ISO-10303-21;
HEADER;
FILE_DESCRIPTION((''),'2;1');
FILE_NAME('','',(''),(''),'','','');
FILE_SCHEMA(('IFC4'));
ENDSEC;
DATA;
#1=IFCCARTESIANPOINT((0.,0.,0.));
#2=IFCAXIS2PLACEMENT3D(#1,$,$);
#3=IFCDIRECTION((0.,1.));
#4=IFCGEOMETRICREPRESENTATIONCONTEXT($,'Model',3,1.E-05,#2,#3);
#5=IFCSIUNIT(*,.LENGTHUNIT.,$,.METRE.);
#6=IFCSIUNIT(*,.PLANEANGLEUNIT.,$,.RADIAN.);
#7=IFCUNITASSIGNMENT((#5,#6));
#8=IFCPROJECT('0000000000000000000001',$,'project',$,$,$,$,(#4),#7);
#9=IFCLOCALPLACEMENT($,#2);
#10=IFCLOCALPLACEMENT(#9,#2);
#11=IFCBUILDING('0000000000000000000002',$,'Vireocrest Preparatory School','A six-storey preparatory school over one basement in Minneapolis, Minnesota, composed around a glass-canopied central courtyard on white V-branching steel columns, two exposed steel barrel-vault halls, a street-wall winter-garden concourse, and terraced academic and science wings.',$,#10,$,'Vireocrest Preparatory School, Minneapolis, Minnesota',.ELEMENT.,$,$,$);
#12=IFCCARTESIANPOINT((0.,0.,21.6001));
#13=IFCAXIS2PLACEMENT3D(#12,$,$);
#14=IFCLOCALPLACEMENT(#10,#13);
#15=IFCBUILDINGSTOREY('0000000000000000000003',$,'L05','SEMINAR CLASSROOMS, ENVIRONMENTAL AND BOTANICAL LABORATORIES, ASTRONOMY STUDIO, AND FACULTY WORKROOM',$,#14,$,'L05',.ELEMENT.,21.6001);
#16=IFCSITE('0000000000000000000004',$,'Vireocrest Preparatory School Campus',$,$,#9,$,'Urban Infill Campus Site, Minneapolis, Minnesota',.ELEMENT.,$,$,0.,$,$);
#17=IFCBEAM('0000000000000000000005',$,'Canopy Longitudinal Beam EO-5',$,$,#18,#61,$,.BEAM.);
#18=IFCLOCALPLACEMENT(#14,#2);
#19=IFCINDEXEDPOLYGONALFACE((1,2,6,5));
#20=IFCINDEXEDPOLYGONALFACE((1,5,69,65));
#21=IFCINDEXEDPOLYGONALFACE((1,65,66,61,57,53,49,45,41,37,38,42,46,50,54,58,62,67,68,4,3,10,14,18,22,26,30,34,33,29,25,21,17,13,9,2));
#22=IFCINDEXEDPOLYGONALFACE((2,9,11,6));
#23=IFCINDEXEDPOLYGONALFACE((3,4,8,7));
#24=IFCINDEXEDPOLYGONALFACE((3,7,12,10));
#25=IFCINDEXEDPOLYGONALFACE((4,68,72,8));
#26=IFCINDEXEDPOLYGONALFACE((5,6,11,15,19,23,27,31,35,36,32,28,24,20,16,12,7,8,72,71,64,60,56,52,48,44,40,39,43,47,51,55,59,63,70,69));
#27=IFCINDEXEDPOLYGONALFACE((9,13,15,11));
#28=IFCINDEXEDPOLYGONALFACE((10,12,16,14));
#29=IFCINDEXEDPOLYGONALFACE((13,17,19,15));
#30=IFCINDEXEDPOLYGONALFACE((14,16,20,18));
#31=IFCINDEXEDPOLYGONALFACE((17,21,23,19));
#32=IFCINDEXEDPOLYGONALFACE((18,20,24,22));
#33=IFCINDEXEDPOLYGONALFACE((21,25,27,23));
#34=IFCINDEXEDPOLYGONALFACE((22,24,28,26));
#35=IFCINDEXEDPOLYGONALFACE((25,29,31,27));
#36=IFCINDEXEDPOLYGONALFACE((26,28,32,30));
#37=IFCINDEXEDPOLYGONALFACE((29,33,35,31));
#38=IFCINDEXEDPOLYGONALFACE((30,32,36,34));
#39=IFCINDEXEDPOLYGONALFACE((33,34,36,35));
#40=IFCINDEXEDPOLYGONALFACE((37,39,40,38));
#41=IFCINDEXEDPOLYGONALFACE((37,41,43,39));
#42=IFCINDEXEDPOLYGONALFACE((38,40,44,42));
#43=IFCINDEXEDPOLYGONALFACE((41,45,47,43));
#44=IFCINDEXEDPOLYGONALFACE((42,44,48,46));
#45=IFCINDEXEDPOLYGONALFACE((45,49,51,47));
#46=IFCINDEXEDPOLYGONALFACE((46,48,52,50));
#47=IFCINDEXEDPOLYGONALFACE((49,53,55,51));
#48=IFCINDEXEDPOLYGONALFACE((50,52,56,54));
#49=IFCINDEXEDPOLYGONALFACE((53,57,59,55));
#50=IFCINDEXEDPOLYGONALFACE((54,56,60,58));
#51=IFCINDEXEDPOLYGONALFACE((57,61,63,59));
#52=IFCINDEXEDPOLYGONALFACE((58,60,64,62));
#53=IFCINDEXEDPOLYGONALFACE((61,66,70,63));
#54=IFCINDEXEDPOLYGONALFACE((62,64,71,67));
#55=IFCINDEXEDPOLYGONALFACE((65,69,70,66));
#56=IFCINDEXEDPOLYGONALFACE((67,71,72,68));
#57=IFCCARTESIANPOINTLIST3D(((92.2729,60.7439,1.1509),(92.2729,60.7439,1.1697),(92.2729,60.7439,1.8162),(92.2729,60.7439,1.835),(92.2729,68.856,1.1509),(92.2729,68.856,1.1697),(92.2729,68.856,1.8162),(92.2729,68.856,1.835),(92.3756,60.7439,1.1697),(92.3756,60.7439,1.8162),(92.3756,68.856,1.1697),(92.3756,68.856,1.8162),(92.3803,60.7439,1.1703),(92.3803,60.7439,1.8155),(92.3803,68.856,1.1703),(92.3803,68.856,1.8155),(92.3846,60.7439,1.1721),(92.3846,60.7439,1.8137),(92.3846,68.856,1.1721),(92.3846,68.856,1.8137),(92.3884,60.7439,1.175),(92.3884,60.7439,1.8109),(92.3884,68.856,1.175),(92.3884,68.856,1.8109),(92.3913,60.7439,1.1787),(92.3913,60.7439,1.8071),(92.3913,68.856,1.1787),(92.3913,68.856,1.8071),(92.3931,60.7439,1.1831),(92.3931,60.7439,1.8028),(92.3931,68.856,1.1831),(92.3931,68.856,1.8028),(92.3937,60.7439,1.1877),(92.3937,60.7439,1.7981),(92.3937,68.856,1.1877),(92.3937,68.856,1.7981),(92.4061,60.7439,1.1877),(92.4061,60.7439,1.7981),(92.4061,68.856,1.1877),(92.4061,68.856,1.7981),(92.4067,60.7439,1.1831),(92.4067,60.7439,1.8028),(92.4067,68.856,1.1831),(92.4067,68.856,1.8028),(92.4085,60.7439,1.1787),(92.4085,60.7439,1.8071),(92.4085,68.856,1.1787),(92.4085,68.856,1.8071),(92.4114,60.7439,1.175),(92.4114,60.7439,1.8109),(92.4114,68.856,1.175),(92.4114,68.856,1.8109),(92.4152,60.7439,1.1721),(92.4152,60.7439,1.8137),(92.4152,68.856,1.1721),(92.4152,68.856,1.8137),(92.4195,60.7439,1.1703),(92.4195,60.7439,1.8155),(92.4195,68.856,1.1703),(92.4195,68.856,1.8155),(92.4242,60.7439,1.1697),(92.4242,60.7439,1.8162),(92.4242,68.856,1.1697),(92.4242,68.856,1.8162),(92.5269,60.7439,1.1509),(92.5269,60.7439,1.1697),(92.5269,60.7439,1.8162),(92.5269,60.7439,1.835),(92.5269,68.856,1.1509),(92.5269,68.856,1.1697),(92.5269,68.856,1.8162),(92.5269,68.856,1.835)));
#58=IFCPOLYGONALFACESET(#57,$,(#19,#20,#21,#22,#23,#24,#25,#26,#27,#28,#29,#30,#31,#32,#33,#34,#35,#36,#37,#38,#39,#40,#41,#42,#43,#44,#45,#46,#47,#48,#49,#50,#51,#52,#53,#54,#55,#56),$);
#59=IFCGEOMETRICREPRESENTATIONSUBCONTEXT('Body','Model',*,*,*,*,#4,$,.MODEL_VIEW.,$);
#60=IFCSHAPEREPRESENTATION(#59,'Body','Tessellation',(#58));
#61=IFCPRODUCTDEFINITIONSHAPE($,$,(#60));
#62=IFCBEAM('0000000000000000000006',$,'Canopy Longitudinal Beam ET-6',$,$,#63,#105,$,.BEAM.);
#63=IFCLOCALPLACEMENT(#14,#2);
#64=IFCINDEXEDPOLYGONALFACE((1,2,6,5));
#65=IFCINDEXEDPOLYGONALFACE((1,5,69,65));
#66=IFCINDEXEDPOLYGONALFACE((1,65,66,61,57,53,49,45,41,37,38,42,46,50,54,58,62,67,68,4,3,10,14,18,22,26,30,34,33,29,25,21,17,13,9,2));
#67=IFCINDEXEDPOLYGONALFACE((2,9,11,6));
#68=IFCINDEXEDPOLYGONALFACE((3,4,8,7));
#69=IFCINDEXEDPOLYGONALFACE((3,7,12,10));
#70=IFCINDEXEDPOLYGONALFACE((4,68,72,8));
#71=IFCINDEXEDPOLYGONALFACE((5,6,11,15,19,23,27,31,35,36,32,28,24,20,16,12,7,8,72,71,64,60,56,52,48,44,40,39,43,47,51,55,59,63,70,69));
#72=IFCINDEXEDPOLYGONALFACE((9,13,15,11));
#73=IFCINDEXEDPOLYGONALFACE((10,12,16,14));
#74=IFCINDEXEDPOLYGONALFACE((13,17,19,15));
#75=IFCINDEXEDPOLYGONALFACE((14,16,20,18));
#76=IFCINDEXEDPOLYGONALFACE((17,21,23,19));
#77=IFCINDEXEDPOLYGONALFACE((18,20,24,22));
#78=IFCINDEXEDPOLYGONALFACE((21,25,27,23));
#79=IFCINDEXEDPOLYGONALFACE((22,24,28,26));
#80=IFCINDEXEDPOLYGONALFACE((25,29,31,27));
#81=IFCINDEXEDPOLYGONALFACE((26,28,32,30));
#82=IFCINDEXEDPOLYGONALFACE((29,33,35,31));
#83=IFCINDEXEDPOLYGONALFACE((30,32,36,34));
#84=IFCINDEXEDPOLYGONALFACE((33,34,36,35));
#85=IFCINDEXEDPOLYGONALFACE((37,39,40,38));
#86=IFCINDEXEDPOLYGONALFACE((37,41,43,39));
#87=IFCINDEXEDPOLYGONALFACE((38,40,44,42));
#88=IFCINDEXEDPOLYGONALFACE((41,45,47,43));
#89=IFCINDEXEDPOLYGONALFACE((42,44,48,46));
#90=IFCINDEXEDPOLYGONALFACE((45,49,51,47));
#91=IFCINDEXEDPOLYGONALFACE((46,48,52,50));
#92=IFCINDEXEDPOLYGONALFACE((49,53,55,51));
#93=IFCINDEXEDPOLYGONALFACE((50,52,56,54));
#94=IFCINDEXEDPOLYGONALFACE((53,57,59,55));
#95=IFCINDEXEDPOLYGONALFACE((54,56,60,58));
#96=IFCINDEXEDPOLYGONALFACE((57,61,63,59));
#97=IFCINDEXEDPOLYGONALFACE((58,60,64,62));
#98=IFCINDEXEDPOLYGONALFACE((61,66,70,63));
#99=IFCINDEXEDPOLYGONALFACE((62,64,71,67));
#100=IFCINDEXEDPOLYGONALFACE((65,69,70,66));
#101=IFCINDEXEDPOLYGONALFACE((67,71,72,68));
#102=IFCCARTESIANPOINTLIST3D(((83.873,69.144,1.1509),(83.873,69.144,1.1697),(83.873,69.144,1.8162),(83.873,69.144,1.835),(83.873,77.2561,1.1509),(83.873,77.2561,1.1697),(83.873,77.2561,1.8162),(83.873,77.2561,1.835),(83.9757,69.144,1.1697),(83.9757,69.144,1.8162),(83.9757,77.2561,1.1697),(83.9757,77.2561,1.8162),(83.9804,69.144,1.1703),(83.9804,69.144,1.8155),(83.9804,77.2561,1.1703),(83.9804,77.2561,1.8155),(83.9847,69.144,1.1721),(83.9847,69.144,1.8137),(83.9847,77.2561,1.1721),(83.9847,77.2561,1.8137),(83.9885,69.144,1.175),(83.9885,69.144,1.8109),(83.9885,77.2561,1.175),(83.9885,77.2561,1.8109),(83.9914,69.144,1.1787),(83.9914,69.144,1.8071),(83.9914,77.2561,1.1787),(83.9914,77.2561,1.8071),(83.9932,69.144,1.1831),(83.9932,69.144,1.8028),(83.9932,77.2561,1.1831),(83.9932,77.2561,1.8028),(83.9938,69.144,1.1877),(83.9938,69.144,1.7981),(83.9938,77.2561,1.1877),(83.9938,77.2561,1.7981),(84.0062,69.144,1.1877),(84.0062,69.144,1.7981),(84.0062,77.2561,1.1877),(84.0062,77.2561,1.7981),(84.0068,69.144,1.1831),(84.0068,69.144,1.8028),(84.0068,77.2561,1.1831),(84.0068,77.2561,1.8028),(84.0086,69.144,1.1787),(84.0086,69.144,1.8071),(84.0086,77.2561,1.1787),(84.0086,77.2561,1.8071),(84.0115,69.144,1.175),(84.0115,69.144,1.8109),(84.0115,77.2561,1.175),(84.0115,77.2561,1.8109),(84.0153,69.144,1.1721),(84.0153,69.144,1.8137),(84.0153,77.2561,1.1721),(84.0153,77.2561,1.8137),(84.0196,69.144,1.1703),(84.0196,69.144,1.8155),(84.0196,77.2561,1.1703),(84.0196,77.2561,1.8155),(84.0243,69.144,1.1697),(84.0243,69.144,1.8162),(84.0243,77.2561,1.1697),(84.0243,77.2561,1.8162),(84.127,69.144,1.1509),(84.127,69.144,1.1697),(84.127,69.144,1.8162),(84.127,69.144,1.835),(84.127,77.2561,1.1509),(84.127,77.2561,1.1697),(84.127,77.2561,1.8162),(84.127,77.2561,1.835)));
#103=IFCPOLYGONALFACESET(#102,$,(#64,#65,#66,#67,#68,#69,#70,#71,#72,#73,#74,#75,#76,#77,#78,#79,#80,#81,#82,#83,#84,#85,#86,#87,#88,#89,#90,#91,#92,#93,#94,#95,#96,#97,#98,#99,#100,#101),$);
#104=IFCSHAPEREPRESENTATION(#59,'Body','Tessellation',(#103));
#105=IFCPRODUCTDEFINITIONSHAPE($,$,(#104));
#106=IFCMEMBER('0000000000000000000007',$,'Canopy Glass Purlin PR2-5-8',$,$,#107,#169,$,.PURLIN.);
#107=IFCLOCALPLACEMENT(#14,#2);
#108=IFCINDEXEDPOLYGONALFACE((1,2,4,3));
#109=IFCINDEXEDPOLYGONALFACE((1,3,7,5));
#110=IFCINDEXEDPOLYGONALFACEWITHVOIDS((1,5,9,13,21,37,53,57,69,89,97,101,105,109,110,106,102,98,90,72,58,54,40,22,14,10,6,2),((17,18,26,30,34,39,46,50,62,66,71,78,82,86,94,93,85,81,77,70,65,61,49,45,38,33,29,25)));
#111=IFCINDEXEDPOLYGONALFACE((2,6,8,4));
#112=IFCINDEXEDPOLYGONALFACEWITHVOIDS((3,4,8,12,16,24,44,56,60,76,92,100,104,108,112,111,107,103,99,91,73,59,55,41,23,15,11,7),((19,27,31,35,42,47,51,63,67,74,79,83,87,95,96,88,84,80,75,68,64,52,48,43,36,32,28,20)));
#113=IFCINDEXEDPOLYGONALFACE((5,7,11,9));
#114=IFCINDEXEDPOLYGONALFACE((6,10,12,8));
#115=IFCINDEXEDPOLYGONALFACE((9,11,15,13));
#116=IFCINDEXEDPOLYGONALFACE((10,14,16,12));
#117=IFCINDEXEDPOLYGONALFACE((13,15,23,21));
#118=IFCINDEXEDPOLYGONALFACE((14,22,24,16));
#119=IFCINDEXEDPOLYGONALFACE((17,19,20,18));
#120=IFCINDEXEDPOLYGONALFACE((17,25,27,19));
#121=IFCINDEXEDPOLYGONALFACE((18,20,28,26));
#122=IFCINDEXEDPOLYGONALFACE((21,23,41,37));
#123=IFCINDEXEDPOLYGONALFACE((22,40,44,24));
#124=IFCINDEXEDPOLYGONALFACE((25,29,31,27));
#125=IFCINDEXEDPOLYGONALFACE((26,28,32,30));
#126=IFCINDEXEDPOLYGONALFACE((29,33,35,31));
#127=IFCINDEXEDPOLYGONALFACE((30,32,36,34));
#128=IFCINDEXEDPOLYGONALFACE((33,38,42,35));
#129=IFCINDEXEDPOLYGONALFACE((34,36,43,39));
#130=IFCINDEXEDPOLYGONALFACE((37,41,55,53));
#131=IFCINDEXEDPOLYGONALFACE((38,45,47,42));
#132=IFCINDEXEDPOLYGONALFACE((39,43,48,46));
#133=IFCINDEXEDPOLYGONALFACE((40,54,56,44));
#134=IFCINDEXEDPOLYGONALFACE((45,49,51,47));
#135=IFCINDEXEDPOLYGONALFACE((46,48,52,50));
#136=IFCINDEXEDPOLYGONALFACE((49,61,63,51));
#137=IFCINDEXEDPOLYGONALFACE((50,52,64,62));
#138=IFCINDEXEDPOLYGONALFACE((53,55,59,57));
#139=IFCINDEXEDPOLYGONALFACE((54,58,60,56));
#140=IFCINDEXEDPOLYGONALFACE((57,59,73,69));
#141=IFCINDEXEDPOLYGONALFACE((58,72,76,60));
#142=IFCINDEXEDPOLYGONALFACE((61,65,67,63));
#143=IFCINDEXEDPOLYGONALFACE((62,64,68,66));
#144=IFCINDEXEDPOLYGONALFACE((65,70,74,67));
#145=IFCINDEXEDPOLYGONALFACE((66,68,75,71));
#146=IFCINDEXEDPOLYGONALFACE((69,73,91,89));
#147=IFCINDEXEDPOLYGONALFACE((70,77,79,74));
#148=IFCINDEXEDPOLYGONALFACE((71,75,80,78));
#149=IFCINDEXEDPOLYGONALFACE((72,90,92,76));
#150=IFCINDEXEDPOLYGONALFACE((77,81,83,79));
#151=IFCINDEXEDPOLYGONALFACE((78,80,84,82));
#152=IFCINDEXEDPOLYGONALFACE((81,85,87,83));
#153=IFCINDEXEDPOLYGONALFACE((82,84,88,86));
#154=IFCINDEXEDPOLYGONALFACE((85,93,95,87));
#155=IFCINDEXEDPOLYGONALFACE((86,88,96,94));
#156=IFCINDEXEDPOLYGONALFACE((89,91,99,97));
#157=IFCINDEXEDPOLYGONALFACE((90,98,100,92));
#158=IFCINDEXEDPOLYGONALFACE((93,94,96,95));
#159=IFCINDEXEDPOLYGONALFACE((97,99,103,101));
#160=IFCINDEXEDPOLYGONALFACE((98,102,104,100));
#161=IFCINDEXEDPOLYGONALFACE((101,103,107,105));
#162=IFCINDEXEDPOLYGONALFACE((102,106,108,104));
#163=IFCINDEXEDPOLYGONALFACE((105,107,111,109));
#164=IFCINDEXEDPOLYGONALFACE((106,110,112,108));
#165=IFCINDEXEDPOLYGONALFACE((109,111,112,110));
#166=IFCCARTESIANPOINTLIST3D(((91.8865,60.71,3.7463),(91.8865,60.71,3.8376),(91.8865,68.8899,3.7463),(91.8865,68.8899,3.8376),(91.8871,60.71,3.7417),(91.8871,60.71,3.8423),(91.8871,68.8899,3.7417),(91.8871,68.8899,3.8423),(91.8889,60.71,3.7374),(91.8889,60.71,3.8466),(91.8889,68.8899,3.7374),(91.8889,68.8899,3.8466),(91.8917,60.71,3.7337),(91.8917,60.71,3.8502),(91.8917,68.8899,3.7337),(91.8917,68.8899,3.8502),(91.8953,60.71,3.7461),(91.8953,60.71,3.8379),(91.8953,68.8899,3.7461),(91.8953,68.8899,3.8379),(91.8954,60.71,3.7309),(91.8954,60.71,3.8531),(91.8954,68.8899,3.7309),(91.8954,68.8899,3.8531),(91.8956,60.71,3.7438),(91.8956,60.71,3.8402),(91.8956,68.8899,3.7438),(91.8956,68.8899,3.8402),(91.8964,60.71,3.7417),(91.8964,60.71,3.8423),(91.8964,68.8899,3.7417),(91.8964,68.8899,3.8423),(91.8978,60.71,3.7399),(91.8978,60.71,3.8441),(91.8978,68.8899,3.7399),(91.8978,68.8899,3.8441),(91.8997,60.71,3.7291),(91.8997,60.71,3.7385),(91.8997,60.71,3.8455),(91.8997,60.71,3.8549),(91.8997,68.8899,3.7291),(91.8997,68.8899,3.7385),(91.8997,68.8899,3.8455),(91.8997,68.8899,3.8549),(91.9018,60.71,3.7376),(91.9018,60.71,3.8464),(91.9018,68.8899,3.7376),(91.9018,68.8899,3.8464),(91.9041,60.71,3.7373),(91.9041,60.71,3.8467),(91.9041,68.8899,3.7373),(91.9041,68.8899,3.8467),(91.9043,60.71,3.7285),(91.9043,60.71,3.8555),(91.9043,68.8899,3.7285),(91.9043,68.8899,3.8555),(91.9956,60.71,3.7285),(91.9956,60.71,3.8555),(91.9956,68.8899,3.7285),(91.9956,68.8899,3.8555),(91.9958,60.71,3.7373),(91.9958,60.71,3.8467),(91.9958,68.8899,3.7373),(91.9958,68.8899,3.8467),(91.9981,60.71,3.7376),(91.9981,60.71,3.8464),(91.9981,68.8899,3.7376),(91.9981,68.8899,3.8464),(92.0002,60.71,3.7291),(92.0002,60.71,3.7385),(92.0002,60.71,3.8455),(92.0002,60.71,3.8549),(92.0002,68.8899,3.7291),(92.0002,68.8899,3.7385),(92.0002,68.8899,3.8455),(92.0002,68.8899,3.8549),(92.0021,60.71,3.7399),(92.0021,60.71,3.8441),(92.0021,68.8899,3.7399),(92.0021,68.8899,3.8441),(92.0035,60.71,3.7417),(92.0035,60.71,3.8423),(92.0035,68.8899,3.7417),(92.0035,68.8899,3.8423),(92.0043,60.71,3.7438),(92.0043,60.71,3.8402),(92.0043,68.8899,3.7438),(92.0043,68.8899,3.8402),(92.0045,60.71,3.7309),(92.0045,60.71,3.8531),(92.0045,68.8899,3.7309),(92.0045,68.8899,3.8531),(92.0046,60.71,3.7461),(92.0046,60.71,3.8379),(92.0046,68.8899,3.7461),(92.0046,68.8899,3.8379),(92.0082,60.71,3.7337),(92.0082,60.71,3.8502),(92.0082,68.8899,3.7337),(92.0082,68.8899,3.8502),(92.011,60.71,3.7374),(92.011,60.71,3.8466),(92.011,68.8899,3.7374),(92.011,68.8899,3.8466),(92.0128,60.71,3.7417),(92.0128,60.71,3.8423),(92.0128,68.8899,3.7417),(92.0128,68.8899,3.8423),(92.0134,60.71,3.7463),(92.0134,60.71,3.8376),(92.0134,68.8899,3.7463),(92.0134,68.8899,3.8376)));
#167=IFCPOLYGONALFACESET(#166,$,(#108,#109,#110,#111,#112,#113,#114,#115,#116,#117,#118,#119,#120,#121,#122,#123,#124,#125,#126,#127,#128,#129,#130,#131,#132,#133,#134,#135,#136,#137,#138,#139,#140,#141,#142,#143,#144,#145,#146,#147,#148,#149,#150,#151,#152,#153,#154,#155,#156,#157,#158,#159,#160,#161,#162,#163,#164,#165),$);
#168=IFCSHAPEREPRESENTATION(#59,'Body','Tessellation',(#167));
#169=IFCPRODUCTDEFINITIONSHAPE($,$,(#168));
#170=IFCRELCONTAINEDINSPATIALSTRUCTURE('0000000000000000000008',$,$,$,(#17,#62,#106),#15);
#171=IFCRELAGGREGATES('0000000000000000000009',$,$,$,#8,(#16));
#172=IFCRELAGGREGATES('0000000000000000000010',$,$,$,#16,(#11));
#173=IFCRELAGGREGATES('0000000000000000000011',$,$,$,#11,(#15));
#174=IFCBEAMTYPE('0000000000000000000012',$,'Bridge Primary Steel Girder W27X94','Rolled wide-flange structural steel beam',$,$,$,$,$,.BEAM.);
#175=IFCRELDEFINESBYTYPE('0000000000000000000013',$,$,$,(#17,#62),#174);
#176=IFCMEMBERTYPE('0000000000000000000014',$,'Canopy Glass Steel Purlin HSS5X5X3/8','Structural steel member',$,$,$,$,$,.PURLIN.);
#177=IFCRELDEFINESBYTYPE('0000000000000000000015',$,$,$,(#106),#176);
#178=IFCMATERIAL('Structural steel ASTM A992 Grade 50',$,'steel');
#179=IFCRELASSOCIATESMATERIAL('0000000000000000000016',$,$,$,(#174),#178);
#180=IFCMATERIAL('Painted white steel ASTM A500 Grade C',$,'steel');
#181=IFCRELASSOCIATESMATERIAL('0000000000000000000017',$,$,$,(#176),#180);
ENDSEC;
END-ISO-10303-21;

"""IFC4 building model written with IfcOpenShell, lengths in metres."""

from ifc_helpers import new_model, si_unit, direction, frame, origin, origin_2d, place, context, subcontext, project, spatial, hollow_rectangle, i_section, extrude, material, material_profile, profile_set, type_object, element, save


model = new_model("IFC4")

# Units and contexts
model_context = context("Model", 3, precision=1e-05, world=origin(), true_north=direction((0.0, 1.0)))
body_context = subcontext(model_context, "Body", "Model", "MODEL_VIEW")
ifc_project = project(units=[si_unit("LENGTHUNIT", "METRE"), si_unit("PLANEANGLEUNIT", "RADIAN")], contexts=[model_context])

# Site, building, storey
site_placement = place(None, origin())
site = spatial("IfcSite", under=ifc_project, at=site_placement, Name="Vireocrest Preparatory School Campus", LongName="Urban Infill Campus Site, Minneapolis, Minnesota", CompositionType="ELEMENT", RefElevation=0.0)
building_placement = place(site_placement, origin())
building = spatial("IfcBuilding", under=site, at=building_placement, Name="Vireocrest Preparatory School", Description="A six-storey preparatory school over one basement in Minneapolis, Minnesota, composed around a glass-canopied central courtyard on white V-branching steel columns, two exposed steel barrel-vault halls, a street-wall winter-garden concourse, and terraced academic and science wings.", LongName="Vireocrest Preparatory School, Minneapolis, Minnesota", CompositionType="ELEMENT")
storey_placement = place(building_placement, frame((0.0, 0.0, 21.6001)))
storey = spatial("IfcBuildingStorey", under=building, at=storey_placement, Name="L05", Description="SEMINAR CLASSROOMS, ENVIRONMENTAL AND BOTANICAL LABORATORIES, ASTRONOMY STUDIO, AND FACULTY WORKROOM", LongName="L05", CompositionType="ELEMENT", Elevation=21.6001)

# Beams
ifc_material_1 = material(Name="Structural steel ASTM A992 Grade 50", Category="steel")
ifc_material_profile_1 = material_profile(ifc_material_1, i_section(OverallWidth=0.2539, OverallDepth=0.6841, WebThickness=0.0125, FlangeThickness=0.0188, FilletRadius=0.0181, at=origin_2d()), Name="W27X94")
ifc_profile_set_1 = profile_set([ifc_material_profile_1], Name="Structural steel ASTM A992 Grade 50")
beam_type_1 = type_object("IfcBeamType", Name="Bridge Primary Steel Girder W27X94", Description="Rolled wide-flange structural steel beam", PredefinedType="BEAM", material=ifc_profile_set_1)
for number, where, z_axis, x_axis, name in (
    (1, (92.3999, 60.7439, 1.4929), (0.0, 1.0, 0.0), (-1.0, 0.0, 0.0), "Canopy Longitudinal Beam EO-5"),
    (2, (84.0, 69.144, 1.4929), (0.0, 1.0, 0.0), (-1.0, 0.0, 0.0), "Canopy Longitudinal Beam ET-6"),
):
    element("IfcBeam", number, at=place(storey_placement, frame(where, z_axis=z_axis, x_axis=x_axis)), inside=storey, type_object=beam_type_1, Name=name, PredefinedType="BEAM", context=body_context, shape_type="SweptSolid", body=[
        extrude(i_section(OverallWidth=0.2539, OverallDepth=0.6841, WebThickness=0.0125, FlangeThickness=0.0188, FilletRadius=0.0181, at=origin_2d()), origin(), (0.0, 0.0, 1.0), 8.1121),
    ])

# Member
ifc_material_2 = material(Name="Painted white steel ASTM A500 Grade C", Category="steel")
ifc_material_profile_2 = material_profile(ifc_material_2, hollow_rectangle(XDim=0.127, YDim=0.127, WallThickness=0.0088, InnerFilletRadius=0.0088, OuterFilletRadius=0.0178, at=origin_2d()), Name="HSS5X5X3/8")
ifc_profile_set_2 = profile_set([ifc_material_profile_2], Name="Painted white steel ASTM A500 Grade C")
member_type_1 = type_object("IfcMemberType", Name="Canopy Glass Steel Purlin HSS5X5X3/8", Description="Structural steel member", PredefinedType="PURLIN", material=ifc_profile_set_2)
for number, where, z_axis, x_axis, name in (
    (3, (91.95, 60.71, 3.792), (0.0, 1.0, 0.0), (-1.0, 0.0, 0.0), "Canopy Glass Purlin PR2-5-8"),
):
    element("IfcMember", number, at=place(storey_placement, frame(where, z_axis=z_axis, x_axis=x_axis)), inside=storey, type_object=member_type_1, Name=name, PredefinedType="PURLIN", context=body_context, shape_type="SweptSolid", body=[
        extrude(hollow_rectangle(XDim=0.127, YDim=0.127, WallThickness=0.0088, InnerFilletRadius=0.0088, OuterFilletRadius=0.0178, at=origin_2d()), origin(), (0.0, 0.0, 1.0), 8.1799),
    ])

save(model, "model.ifc")
